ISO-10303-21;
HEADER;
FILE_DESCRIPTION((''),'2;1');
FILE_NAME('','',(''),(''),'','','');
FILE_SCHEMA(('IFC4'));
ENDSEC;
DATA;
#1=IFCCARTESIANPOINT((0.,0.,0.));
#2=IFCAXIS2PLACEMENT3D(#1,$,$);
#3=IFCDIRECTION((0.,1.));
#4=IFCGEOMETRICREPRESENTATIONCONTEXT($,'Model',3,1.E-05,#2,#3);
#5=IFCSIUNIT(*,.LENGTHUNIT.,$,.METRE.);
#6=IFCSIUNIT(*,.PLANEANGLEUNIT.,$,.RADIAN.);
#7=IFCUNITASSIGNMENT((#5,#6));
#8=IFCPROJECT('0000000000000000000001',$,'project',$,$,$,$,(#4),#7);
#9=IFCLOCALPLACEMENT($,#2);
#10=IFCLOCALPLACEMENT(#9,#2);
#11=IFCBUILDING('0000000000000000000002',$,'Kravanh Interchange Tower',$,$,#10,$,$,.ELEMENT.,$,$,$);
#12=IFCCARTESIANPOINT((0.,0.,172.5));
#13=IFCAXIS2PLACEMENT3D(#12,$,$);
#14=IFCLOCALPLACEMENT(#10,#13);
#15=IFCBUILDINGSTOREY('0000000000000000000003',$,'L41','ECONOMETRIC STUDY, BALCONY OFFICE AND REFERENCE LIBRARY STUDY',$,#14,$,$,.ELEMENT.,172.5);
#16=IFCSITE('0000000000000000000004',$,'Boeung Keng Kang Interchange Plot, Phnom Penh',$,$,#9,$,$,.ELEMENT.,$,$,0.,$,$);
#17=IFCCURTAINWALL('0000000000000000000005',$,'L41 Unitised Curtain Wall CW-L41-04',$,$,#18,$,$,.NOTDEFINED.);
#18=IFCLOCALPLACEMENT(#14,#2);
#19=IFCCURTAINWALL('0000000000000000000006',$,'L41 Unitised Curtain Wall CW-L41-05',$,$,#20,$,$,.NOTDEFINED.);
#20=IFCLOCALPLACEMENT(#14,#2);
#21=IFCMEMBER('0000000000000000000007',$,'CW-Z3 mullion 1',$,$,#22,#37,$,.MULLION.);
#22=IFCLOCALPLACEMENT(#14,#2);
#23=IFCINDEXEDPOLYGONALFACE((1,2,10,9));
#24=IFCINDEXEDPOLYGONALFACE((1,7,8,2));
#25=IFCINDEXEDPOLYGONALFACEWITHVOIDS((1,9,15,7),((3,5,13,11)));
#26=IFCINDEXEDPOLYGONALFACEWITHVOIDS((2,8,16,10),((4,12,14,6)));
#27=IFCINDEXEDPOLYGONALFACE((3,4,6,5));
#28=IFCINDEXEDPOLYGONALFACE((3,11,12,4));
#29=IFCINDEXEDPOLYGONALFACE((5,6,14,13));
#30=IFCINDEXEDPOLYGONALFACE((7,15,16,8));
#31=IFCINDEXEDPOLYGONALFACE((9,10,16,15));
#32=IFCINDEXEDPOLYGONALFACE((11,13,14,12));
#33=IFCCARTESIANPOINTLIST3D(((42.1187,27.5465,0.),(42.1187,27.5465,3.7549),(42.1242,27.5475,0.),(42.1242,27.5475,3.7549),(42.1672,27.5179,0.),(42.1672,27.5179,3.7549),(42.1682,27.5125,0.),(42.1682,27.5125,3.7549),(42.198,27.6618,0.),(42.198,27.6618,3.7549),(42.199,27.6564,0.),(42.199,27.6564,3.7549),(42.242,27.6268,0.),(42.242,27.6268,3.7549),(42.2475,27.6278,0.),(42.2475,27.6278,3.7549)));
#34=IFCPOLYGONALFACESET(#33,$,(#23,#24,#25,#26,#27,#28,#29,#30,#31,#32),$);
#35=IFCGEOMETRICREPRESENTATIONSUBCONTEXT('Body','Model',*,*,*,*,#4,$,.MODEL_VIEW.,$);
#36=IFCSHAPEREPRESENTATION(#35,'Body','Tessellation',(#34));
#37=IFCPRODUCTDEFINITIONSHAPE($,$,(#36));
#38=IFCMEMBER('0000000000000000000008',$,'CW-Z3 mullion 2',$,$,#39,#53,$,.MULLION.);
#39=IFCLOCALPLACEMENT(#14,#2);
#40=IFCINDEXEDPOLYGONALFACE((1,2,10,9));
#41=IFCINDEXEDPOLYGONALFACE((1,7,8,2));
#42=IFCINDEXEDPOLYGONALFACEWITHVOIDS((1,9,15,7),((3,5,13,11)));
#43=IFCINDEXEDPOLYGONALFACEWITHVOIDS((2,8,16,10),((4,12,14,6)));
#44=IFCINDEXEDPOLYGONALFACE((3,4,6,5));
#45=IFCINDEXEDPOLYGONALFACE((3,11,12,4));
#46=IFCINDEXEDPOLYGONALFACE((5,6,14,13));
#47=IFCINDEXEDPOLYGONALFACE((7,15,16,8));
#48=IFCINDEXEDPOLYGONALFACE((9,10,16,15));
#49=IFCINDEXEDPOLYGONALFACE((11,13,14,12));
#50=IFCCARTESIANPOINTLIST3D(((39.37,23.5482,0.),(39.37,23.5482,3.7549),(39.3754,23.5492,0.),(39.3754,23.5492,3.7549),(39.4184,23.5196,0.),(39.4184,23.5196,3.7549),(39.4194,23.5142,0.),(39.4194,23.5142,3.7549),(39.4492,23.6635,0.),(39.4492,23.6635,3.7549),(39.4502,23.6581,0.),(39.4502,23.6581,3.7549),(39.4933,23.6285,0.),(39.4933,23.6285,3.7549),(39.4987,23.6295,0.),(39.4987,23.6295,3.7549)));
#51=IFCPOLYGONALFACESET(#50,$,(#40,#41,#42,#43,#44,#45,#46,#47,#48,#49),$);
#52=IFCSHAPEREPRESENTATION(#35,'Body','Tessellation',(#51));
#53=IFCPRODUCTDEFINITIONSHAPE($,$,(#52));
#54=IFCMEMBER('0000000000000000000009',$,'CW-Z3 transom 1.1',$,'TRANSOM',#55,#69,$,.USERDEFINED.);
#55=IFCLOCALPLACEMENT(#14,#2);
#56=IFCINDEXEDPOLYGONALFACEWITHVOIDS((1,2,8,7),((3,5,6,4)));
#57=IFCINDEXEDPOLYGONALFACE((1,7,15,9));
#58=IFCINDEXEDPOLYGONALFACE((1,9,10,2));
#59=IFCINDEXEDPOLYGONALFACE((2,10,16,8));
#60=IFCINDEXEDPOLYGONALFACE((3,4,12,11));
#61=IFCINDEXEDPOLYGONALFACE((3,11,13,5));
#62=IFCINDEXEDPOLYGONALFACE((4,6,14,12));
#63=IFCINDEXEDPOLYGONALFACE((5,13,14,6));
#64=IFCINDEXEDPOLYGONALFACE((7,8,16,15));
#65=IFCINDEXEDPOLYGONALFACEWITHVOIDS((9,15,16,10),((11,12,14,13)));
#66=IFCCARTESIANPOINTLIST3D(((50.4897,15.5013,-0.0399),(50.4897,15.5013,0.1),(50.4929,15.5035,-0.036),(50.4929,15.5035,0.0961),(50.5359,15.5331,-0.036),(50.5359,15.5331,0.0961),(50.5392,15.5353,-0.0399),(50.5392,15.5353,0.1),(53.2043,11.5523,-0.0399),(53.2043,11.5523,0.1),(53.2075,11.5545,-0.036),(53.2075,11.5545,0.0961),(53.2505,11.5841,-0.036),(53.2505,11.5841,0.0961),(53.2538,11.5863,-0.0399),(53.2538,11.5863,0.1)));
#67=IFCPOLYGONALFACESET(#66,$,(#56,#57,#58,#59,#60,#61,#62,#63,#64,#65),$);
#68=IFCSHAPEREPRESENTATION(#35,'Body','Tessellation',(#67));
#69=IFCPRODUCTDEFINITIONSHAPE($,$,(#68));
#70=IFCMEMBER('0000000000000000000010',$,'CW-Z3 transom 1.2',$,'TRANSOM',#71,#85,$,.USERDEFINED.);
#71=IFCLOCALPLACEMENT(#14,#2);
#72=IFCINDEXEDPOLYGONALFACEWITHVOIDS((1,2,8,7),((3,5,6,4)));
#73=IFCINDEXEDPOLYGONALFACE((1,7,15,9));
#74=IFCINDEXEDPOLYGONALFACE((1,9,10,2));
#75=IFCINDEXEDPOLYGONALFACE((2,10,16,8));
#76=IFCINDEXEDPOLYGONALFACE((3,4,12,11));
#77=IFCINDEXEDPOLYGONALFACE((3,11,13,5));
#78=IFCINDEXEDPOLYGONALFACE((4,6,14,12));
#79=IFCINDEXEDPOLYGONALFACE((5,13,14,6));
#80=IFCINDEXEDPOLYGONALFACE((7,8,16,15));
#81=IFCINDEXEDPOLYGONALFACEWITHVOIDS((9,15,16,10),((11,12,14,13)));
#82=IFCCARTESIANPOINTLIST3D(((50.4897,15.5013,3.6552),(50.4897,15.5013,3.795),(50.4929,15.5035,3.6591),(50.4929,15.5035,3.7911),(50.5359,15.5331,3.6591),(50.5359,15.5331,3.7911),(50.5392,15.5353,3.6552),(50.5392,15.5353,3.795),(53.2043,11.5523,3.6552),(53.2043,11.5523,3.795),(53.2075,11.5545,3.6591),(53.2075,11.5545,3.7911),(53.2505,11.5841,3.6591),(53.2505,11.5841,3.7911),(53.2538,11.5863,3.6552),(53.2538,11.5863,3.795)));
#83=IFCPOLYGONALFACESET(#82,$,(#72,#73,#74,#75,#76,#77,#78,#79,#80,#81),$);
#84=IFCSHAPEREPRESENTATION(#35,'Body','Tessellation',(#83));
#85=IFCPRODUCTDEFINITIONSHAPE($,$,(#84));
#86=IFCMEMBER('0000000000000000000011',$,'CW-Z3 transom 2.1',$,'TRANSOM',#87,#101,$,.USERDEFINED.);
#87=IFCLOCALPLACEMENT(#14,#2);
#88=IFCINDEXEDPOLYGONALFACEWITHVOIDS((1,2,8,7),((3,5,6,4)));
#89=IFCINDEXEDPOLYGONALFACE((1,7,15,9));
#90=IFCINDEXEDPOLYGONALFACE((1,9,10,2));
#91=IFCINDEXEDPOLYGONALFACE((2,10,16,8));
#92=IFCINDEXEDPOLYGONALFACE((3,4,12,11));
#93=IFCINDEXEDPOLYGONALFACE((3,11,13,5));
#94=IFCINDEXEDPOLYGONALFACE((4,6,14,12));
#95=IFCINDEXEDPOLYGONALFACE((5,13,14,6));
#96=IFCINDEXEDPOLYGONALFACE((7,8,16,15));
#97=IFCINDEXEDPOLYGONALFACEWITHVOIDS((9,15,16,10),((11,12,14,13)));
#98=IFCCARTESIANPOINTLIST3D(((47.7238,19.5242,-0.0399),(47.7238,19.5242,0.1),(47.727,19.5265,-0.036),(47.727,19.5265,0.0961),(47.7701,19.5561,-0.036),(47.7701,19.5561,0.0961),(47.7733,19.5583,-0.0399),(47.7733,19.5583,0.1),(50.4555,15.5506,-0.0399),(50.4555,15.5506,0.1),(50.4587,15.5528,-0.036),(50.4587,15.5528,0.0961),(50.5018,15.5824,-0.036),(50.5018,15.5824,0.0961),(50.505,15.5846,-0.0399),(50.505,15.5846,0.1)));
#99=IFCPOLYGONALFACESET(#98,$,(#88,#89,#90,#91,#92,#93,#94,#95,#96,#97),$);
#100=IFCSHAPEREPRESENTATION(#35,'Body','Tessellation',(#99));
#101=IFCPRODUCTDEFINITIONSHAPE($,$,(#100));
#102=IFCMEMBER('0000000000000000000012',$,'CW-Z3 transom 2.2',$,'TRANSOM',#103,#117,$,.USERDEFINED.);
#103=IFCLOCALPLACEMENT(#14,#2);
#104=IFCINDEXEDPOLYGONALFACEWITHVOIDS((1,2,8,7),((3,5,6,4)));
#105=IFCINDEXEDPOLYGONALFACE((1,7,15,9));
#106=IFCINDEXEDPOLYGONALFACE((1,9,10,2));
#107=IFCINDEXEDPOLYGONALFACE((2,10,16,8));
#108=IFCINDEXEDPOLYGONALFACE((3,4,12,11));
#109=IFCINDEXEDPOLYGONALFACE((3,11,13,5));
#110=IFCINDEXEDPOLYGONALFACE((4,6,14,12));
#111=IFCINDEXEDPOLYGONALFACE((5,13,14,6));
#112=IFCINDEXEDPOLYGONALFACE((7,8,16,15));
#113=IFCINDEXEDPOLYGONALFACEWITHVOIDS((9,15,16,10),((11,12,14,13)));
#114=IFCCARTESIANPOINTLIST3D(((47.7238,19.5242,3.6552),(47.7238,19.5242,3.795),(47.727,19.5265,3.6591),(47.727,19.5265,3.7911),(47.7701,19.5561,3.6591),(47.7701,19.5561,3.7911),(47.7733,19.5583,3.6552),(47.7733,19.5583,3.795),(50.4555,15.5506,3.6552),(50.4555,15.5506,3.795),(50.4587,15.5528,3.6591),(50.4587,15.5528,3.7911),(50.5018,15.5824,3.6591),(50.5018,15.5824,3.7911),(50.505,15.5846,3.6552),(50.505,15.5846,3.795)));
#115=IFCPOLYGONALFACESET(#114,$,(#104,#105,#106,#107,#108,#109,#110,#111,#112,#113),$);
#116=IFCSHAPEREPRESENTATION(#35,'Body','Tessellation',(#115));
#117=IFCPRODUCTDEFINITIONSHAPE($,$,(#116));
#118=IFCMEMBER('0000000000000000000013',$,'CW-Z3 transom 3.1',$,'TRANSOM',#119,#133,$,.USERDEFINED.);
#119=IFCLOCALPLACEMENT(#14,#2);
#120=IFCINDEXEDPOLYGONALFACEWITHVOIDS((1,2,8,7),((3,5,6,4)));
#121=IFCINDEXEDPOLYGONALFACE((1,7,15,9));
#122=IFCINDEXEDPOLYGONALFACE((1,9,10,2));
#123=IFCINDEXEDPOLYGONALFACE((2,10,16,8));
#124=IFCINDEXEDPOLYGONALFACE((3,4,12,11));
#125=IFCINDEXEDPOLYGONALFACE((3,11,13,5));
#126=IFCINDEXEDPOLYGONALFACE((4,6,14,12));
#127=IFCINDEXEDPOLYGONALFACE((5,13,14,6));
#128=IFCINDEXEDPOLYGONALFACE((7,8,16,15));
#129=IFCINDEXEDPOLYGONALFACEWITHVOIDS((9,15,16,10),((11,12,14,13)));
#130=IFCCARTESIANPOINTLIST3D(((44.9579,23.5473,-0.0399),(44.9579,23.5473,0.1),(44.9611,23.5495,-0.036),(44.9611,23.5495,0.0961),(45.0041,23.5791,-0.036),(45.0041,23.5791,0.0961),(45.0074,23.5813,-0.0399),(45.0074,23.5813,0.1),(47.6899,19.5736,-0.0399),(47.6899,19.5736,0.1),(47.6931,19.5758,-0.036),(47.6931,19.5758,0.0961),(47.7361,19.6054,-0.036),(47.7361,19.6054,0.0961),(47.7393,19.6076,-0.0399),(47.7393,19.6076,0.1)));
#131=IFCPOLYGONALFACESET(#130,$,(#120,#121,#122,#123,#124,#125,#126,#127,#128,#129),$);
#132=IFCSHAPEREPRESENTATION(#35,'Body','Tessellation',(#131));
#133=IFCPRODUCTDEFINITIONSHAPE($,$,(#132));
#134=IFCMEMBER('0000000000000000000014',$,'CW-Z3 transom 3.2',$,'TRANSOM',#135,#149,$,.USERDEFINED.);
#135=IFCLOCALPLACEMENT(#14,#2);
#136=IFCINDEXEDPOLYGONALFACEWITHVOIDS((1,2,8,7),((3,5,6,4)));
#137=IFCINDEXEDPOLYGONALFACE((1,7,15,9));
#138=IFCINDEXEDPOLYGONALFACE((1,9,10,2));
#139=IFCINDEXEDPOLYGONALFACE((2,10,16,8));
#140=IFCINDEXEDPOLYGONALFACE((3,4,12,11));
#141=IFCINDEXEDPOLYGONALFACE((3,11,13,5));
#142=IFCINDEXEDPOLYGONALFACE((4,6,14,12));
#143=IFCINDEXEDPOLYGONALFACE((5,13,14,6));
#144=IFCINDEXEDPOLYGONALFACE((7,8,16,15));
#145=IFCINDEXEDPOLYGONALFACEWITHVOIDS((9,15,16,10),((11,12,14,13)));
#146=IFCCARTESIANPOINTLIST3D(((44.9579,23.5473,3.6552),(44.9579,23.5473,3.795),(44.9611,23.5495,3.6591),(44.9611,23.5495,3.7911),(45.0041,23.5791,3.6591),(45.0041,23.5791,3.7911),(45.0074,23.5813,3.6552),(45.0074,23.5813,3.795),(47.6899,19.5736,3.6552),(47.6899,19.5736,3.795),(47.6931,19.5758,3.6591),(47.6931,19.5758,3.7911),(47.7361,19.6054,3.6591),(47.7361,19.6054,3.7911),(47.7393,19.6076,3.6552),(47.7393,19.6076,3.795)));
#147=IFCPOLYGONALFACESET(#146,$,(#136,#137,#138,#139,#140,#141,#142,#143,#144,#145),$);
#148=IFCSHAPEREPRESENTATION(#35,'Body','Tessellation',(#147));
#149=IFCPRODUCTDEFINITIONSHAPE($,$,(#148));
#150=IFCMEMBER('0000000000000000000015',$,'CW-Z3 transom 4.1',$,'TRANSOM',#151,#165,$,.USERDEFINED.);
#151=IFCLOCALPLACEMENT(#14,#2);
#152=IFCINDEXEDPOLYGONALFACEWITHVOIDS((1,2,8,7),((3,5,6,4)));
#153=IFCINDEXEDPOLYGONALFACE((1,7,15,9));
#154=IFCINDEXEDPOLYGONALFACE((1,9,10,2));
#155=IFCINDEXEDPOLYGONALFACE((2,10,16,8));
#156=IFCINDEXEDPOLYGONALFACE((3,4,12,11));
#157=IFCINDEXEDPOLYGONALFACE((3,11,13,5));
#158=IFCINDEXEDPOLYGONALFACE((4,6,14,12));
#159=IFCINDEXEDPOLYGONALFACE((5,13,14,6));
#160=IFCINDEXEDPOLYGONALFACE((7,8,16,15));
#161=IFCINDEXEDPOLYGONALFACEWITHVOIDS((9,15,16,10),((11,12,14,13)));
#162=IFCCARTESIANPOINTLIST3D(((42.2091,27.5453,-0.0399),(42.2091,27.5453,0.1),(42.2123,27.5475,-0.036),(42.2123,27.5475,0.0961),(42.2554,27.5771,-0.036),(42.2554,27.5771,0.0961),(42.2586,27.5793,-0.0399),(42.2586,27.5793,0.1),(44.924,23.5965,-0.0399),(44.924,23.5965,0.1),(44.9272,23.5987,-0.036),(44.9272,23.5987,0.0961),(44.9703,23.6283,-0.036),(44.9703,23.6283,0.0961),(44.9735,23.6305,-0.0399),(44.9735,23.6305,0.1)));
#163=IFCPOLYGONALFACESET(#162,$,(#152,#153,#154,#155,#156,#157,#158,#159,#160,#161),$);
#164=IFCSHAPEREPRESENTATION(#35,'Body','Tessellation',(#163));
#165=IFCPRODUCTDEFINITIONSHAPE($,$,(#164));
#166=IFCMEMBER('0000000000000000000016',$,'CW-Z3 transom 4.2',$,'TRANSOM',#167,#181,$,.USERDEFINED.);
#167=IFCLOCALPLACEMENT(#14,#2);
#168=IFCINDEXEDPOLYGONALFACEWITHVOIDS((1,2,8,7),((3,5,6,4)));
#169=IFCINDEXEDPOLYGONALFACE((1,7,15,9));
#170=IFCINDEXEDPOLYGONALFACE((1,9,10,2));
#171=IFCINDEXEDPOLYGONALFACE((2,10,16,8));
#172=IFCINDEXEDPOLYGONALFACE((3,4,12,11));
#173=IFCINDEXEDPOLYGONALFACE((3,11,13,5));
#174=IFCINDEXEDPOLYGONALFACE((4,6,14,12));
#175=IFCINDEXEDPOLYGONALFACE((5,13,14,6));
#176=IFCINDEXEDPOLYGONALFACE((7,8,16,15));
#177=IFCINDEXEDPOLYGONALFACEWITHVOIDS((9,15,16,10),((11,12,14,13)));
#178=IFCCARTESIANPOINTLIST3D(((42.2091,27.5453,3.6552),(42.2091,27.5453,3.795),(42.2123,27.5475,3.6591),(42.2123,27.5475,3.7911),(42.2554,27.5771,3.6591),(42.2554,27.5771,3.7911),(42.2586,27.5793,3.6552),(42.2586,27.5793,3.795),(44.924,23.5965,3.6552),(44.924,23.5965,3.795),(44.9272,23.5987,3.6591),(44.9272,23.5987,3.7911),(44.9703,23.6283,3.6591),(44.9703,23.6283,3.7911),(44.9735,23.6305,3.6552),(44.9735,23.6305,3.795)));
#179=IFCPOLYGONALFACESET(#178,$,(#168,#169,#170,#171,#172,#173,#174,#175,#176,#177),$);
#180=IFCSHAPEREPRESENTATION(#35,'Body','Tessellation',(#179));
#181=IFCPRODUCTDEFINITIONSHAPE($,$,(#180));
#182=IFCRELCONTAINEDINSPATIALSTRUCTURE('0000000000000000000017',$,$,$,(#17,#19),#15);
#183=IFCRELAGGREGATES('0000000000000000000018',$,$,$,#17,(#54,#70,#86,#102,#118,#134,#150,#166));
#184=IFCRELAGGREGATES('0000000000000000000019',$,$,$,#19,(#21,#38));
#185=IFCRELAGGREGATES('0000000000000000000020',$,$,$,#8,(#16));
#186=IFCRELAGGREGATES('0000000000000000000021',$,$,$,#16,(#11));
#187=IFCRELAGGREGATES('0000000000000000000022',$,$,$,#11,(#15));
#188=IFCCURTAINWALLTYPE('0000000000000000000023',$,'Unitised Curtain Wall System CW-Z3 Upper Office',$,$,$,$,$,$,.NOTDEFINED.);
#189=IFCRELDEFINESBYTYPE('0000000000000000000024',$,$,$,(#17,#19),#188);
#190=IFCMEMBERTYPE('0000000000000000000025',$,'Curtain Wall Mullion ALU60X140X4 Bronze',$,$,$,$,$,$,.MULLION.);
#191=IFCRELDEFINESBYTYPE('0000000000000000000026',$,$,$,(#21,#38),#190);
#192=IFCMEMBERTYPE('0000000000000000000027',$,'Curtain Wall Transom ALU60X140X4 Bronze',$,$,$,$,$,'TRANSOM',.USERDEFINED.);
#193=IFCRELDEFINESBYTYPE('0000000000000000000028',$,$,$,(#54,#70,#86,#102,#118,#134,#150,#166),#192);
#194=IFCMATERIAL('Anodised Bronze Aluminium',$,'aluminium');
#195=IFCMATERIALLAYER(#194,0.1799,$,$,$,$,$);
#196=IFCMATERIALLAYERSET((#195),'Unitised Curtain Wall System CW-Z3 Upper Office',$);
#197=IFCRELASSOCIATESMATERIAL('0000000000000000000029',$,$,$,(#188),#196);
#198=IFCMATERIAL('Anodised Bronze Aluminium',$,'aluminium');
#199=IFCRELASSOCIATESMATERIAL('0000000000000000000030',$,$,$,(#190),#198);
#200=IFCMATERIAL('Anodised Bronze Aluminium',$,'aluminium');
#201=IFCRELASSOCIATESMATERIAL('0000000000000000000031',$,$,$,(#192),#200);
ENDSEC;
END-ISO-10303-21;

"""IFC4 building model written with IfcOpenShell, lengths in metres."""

from ifc_helpers import new_model, si_unit, direction, frame, origin, origin_2d, place, context, subcontext, project, spatial, hollow_rectangle, extrude, material, layer, layer_set, material_profile, profile_set, type_object, element, aggregate, save


model = new_model("IFC4")

# Units and contexts
model_context = context("Model", 3, precision=1e-05, world=origin(), true_north=direction((0.0, 1.0)))
body_context = subcontext(model_context, "Body", "Model", "MODEL_VIEW")
ifc_project = project(units=[si_unit("LENGTHUNIT", "METRE"), si_unit("PLANEANGLEUNIT", "RADIAN")], contexts=[model_context])

# Site, building, storey
site_placement = place(None, origin())
site = spatial("IfcSite", under=ifc_project, at=site_placement, Name="Boeung Keng Kang Interchange Plot, Phnom Penh", CompositionType="ELEMENT", RefElevation=0.0)
building_placement = place(site_placement, origin())
building = spatial("IfcBuilding", under=site, at=building_placement, Name="Kravanh Interchange Tower", CompositionType="ELEMENT")
storey_placement = place(building_placement, frame((0.0, 0.0, 172.5)))
storey = spatial("IfcBuildingStorey", under=building, at=storey_placement, Name="L41", Description="ECONOMETRIC STUDY, BALCONY OFFICE AND REFERENCE LIBRARY STUDY", CompositionType="ELEMENT", Elevation=172.5)

# Shared definitions
ifc_material_1 = material(Name="Anodised Bronze Aluminium", Category="aluminium")
ifc_layer_1 = layer(ifc_material_1, 0.1799)
ifc_layer_set_1 = layer_set([ifc_layer_1], Name="Unitised Curtain Wall System CW-Z3 Upper Office")
curtain_wall_type = type_object("IfcCurtainWallType", Name="Unitised Curtain Wall System CW-Z3 Upper Office", PredefinedType="NOTDEFINED", material=ifc_layer_set_1)
ifc_material_2 = material(Name="Anodised Bronze Aluminium", Category="aluminium")
ifc_material_profile_1 = material_profile(ifc_material_2, hollow_rectangle(XDim=0.0601, YDim=0.1399, WallThickness=0.0039, at=origin_2d()), Name="ALU60X140X4")
ifc_profile_set_1 = profile_set([ifc_material_profile_1], Name="Anodised Bronze Aluminium")
member_type_1 = type_object("IfcMemberType", Name="Curtain Wall Mullion ALU60X140X4 Bronze", PredefinedType="MULLION", material=ifc_profile_set_1)

# Curtain walls, members
curtain_wall_1_placement = place(storey_placement, origin())
curtain_wall_1 = element("IfcCurtainWall", 1, at=curtain_wall_1_placement, inside=storey, type_object=curtain_wall_type, Name="L41 Unitised Curtain Wall CW-L41-04", PredefinedType="NOTDEFINED")
curtain_wall_2_placement = place(storey_placement, origin())
curtain_wall_2 = element("IfcCurtainWall", 2, at=curtain_wall_2_placement, inside=storey, type_object=curtain_wall_type, Name="L41 Unitised Curtain Wall CW-L41-05", PredefinedType="NOTDEFINED")
member_1_placement = place(storey_placement, frame((42.1831, 27.5872, 0.0), z_axis=(0.0, 0.0, 1.0), x_axis=(0.824042, -0.566528, 0.0)))
member_1 = element("IfcMember", 3, at=member_1_placement, type_object=member_type_1, Name="CW-Z3 mullion 1", PredefinedType="MULLION", context=body_context, shape_type="SweptSolid", body=[
    extrude(hollow_rectangle(XDim=0.0601, YDim=0.1399, WallThickness=0.0039, at=origin_2d()), origin(), (0.0, 0.0, 1.0), 3.7549),
])
member_2_placement = place(storey_placement, frame((39.4343, 23.5889, 0.0), z_axis=(0.0, 0.0, 1.0), x_axis=(0.824042, -0.566528, 0.0)))
member_2 = element("IfcMember", 4, at=member_2_placement, type_object=member_type_1, Name="CW-Z3 mullion 2", PredefinedType="MULLION", context=body_context, shape_type="SweptSolid", body=[
    extrude(hollow_rectangle(XDim=0.0601, YDim=0.1399, WallThickness=0.0039, at=origin_2d()), origin(), (0.0, 0.0, 1.0), 3.7549),
])

# Members
ifc_material_3 = material(Name="Anodised Bronze Aluminium", Category="aluminium")
ifc_material_profile_2 = material_profile(ifc_material_3, hollow_rectangle(XDim=0.0601, YDim=0.1399, WallThickness=0.0039, at=origin_2d()), Name="ALU60X140X4")
ifc_profile_set_2 = profile_set([ifc_material_profile_2], Name="Anodised Bronze Aluminium")
member_type_2 = type_object("IfcMemberType", Name="Curtain Wall Transom ALU60X140X4 Bronze", ElementType="TRANSOM", PredefinedType="USERDEFINED", material=ifc_profile_set_2)
member_3_placement = place(storey_placement, frame((53.229, 11.5693, 0.03), z_axis=(-0.566483, 0.824073, 0.0), x_axis=(-0.824073, -0.566483, 0.0)))
member_3 = element("IfcMember", 5, at=member_3_placement, type_object=member_type_2, Name="CW-Z3 transom 1.1", ObjectType="TRANSOM", PredefinedType="USERDEFINED", context=body_context, shape_type="SweptSolid", body=[
    extrude(hollow_rectangle(XDim=0.0601, YDim=0.1399, WallThickness=0.0039, at=origin_2d()), origin(), (0.0, 0.0, 1.0), 4.792),
])
member_4_placement = place(storey_placement, frame((53.229, 11.5693, 3.7251), z_axis=(-0.566483, 0.824073, 0.0), x_axis=(-0.824073, -0.566483, 0.0)))
member_4 = element("IfcMember", 6, at=member_4_placement, type_object=member_type_2, Name="CW-Z3 transom 1.2", ObjectType="TRANSOM", PredefinedType="USERDEFINED", context=body_context, shape_type="SweptSolid", body=[
    extrude(hollow_rectangle(XDim=0.0601, YDim=0.1399, WallThickness=0.0039, at=origin_2d()), origin(), (0.0, 0.0, 1.0), 4.792),
])
member_5_placement = place(storey_placement, frame((50.4802, 15.5676, 0.03), z_axis=(-0.566503, 0.82406, 0.0), x_axis=(-0.82406, -0.566503, 0.0)))
member_5 = element("IfcMember", 7, at=member_5_placement, type_object=member_type_2, Name="CW-Z3 transom 2.1", ObjectType="TRANSOM", PredefinedType="USERDEFINED", context=body_context, shape_type="SweptSolid", body=[
    extrude(hollow_rectangle(XDim=0.0601, YDim=0.1399, WallThickness=0.0039, at=origin_2d()), origin(), (0.0, 0.0, 1.0), 4.822),
])
member_6_placement = place(storey_placement, frame((50.4802, 15.5676, 3.7251), z_axis=(-0.566503, 0.82406, 0.0), x_axis=(-0.82406, -0.566503, 0.0)))
member_6 = element("IfcMember", 8, at=member_6_placement, type_object=member_type_2, Name="CW-Z3 transom 2.2", ObjectType="TRANSOM", PredefinedType="USERDEFINED", context=body_context, shape_type="SweptSolid", body=[
    extrude(hollow_rectangle(XDim=0.0601, YDim=0.1399, WallThickness=0.0039, at=origin_2d()), origin(), (0.0, 0.0, 1.0), 4.822),
])
member_7_placement = place(storey_placement, frame((47.7146, 19.5906, 0.03), z_axis=(-0.566537, 0.824036, 0.0), x_axis=(-0.824036, -0.566537, 0.0)))
member_7 = element("IfcMember", 9, at=member_7_placement, type_object=member_type_2, Name="CW-Z3 transom 3.1", ObjectType="TRANSOM", PredefinedType="USERDEFINED", context=body_context, shape_type="SweptSolid", body=[
    extrude(hollow_rectangle(XDim=0.0601, YDim=0.1399, WallThickness=0.0039, at=origin_2d()), origin(), (0.0, 0.0, 1.0), 4.8223),
])
member_8_placement = place(storey_placement, frame((47.7146, 19.5906, 3.7251), z_axis=(-0.566537, 0.824036, 0.0), x_axis=(-0.824036, -0.566537, 0.0)))
member_8 = element("IfcMember", 10, at=member_8_placement, type_object=member_type_2, Name="CW-Z3 transom 3.2", ObjectType="TRANSOM", PredefinedType="USERDEFINED", context=body_context, shape_type="SweptSolid", body=[
    extrude(hollow_rectangle(XDim=0.0601, YDim=0.1399, WallThickness=0.0039, at=origin_2d()), origin(), (0.0, 0.0, 1.0), 4.8223),
])
member_9_placement = place(storey_placement, frame((44.9487, 23.6135, 0.03), z_axis=(-0.566542, 0.824033, 0.0), x_axis=(-0.824033, -0.566542, 0.0)))
member_9 = element("IfcMember", 11, at=member_9_placement, type_object=member_type_2, Name="CW-Z3 transom 4.1", ObjectType="TRANSOM", PredefinedType="USERDEFINED", context=body_context, shape_type="SweptSolid", body=[
    extrude(hollow_rectangle(XDim=0.0601, YDim=0.1399, WallThickness=0.0039, at=origin_2d()), origin(), (0.0, 0.0, 1.0), 4.792),
])
member_10_placement = place(storey_placement, frame((44.9487, 23.6135, 3.7251), z_axis=(-0.566542, 0.824033, 0.0), x_axis=(-0.824033, -0.566542, 0.0)))
member_10 = element("IfcMember", 12, at=member_10_placement, type_object=member_type_2, Name="CW-Z3 transom 4.2", ObjectType="TRANSOM", PredefinedType="USERDEFINED", context=body_context, shape_type="SweptSolid", body=[
    extrude(hollow_rectangle(XDim=0.0601, YDim=0.1399, WallThickness=0.0039, at=origin_2d()), origin(), (0.0, 0.0, 1.0), 4.792),
])

aggregate(curtain_wall_1, [member_3, member_4, member_5, member_6, member_7, member_8, member_9, member_10])
aggregate(curtain_wall_2, [member_1, member_2])

save(model, "model.ifc")
